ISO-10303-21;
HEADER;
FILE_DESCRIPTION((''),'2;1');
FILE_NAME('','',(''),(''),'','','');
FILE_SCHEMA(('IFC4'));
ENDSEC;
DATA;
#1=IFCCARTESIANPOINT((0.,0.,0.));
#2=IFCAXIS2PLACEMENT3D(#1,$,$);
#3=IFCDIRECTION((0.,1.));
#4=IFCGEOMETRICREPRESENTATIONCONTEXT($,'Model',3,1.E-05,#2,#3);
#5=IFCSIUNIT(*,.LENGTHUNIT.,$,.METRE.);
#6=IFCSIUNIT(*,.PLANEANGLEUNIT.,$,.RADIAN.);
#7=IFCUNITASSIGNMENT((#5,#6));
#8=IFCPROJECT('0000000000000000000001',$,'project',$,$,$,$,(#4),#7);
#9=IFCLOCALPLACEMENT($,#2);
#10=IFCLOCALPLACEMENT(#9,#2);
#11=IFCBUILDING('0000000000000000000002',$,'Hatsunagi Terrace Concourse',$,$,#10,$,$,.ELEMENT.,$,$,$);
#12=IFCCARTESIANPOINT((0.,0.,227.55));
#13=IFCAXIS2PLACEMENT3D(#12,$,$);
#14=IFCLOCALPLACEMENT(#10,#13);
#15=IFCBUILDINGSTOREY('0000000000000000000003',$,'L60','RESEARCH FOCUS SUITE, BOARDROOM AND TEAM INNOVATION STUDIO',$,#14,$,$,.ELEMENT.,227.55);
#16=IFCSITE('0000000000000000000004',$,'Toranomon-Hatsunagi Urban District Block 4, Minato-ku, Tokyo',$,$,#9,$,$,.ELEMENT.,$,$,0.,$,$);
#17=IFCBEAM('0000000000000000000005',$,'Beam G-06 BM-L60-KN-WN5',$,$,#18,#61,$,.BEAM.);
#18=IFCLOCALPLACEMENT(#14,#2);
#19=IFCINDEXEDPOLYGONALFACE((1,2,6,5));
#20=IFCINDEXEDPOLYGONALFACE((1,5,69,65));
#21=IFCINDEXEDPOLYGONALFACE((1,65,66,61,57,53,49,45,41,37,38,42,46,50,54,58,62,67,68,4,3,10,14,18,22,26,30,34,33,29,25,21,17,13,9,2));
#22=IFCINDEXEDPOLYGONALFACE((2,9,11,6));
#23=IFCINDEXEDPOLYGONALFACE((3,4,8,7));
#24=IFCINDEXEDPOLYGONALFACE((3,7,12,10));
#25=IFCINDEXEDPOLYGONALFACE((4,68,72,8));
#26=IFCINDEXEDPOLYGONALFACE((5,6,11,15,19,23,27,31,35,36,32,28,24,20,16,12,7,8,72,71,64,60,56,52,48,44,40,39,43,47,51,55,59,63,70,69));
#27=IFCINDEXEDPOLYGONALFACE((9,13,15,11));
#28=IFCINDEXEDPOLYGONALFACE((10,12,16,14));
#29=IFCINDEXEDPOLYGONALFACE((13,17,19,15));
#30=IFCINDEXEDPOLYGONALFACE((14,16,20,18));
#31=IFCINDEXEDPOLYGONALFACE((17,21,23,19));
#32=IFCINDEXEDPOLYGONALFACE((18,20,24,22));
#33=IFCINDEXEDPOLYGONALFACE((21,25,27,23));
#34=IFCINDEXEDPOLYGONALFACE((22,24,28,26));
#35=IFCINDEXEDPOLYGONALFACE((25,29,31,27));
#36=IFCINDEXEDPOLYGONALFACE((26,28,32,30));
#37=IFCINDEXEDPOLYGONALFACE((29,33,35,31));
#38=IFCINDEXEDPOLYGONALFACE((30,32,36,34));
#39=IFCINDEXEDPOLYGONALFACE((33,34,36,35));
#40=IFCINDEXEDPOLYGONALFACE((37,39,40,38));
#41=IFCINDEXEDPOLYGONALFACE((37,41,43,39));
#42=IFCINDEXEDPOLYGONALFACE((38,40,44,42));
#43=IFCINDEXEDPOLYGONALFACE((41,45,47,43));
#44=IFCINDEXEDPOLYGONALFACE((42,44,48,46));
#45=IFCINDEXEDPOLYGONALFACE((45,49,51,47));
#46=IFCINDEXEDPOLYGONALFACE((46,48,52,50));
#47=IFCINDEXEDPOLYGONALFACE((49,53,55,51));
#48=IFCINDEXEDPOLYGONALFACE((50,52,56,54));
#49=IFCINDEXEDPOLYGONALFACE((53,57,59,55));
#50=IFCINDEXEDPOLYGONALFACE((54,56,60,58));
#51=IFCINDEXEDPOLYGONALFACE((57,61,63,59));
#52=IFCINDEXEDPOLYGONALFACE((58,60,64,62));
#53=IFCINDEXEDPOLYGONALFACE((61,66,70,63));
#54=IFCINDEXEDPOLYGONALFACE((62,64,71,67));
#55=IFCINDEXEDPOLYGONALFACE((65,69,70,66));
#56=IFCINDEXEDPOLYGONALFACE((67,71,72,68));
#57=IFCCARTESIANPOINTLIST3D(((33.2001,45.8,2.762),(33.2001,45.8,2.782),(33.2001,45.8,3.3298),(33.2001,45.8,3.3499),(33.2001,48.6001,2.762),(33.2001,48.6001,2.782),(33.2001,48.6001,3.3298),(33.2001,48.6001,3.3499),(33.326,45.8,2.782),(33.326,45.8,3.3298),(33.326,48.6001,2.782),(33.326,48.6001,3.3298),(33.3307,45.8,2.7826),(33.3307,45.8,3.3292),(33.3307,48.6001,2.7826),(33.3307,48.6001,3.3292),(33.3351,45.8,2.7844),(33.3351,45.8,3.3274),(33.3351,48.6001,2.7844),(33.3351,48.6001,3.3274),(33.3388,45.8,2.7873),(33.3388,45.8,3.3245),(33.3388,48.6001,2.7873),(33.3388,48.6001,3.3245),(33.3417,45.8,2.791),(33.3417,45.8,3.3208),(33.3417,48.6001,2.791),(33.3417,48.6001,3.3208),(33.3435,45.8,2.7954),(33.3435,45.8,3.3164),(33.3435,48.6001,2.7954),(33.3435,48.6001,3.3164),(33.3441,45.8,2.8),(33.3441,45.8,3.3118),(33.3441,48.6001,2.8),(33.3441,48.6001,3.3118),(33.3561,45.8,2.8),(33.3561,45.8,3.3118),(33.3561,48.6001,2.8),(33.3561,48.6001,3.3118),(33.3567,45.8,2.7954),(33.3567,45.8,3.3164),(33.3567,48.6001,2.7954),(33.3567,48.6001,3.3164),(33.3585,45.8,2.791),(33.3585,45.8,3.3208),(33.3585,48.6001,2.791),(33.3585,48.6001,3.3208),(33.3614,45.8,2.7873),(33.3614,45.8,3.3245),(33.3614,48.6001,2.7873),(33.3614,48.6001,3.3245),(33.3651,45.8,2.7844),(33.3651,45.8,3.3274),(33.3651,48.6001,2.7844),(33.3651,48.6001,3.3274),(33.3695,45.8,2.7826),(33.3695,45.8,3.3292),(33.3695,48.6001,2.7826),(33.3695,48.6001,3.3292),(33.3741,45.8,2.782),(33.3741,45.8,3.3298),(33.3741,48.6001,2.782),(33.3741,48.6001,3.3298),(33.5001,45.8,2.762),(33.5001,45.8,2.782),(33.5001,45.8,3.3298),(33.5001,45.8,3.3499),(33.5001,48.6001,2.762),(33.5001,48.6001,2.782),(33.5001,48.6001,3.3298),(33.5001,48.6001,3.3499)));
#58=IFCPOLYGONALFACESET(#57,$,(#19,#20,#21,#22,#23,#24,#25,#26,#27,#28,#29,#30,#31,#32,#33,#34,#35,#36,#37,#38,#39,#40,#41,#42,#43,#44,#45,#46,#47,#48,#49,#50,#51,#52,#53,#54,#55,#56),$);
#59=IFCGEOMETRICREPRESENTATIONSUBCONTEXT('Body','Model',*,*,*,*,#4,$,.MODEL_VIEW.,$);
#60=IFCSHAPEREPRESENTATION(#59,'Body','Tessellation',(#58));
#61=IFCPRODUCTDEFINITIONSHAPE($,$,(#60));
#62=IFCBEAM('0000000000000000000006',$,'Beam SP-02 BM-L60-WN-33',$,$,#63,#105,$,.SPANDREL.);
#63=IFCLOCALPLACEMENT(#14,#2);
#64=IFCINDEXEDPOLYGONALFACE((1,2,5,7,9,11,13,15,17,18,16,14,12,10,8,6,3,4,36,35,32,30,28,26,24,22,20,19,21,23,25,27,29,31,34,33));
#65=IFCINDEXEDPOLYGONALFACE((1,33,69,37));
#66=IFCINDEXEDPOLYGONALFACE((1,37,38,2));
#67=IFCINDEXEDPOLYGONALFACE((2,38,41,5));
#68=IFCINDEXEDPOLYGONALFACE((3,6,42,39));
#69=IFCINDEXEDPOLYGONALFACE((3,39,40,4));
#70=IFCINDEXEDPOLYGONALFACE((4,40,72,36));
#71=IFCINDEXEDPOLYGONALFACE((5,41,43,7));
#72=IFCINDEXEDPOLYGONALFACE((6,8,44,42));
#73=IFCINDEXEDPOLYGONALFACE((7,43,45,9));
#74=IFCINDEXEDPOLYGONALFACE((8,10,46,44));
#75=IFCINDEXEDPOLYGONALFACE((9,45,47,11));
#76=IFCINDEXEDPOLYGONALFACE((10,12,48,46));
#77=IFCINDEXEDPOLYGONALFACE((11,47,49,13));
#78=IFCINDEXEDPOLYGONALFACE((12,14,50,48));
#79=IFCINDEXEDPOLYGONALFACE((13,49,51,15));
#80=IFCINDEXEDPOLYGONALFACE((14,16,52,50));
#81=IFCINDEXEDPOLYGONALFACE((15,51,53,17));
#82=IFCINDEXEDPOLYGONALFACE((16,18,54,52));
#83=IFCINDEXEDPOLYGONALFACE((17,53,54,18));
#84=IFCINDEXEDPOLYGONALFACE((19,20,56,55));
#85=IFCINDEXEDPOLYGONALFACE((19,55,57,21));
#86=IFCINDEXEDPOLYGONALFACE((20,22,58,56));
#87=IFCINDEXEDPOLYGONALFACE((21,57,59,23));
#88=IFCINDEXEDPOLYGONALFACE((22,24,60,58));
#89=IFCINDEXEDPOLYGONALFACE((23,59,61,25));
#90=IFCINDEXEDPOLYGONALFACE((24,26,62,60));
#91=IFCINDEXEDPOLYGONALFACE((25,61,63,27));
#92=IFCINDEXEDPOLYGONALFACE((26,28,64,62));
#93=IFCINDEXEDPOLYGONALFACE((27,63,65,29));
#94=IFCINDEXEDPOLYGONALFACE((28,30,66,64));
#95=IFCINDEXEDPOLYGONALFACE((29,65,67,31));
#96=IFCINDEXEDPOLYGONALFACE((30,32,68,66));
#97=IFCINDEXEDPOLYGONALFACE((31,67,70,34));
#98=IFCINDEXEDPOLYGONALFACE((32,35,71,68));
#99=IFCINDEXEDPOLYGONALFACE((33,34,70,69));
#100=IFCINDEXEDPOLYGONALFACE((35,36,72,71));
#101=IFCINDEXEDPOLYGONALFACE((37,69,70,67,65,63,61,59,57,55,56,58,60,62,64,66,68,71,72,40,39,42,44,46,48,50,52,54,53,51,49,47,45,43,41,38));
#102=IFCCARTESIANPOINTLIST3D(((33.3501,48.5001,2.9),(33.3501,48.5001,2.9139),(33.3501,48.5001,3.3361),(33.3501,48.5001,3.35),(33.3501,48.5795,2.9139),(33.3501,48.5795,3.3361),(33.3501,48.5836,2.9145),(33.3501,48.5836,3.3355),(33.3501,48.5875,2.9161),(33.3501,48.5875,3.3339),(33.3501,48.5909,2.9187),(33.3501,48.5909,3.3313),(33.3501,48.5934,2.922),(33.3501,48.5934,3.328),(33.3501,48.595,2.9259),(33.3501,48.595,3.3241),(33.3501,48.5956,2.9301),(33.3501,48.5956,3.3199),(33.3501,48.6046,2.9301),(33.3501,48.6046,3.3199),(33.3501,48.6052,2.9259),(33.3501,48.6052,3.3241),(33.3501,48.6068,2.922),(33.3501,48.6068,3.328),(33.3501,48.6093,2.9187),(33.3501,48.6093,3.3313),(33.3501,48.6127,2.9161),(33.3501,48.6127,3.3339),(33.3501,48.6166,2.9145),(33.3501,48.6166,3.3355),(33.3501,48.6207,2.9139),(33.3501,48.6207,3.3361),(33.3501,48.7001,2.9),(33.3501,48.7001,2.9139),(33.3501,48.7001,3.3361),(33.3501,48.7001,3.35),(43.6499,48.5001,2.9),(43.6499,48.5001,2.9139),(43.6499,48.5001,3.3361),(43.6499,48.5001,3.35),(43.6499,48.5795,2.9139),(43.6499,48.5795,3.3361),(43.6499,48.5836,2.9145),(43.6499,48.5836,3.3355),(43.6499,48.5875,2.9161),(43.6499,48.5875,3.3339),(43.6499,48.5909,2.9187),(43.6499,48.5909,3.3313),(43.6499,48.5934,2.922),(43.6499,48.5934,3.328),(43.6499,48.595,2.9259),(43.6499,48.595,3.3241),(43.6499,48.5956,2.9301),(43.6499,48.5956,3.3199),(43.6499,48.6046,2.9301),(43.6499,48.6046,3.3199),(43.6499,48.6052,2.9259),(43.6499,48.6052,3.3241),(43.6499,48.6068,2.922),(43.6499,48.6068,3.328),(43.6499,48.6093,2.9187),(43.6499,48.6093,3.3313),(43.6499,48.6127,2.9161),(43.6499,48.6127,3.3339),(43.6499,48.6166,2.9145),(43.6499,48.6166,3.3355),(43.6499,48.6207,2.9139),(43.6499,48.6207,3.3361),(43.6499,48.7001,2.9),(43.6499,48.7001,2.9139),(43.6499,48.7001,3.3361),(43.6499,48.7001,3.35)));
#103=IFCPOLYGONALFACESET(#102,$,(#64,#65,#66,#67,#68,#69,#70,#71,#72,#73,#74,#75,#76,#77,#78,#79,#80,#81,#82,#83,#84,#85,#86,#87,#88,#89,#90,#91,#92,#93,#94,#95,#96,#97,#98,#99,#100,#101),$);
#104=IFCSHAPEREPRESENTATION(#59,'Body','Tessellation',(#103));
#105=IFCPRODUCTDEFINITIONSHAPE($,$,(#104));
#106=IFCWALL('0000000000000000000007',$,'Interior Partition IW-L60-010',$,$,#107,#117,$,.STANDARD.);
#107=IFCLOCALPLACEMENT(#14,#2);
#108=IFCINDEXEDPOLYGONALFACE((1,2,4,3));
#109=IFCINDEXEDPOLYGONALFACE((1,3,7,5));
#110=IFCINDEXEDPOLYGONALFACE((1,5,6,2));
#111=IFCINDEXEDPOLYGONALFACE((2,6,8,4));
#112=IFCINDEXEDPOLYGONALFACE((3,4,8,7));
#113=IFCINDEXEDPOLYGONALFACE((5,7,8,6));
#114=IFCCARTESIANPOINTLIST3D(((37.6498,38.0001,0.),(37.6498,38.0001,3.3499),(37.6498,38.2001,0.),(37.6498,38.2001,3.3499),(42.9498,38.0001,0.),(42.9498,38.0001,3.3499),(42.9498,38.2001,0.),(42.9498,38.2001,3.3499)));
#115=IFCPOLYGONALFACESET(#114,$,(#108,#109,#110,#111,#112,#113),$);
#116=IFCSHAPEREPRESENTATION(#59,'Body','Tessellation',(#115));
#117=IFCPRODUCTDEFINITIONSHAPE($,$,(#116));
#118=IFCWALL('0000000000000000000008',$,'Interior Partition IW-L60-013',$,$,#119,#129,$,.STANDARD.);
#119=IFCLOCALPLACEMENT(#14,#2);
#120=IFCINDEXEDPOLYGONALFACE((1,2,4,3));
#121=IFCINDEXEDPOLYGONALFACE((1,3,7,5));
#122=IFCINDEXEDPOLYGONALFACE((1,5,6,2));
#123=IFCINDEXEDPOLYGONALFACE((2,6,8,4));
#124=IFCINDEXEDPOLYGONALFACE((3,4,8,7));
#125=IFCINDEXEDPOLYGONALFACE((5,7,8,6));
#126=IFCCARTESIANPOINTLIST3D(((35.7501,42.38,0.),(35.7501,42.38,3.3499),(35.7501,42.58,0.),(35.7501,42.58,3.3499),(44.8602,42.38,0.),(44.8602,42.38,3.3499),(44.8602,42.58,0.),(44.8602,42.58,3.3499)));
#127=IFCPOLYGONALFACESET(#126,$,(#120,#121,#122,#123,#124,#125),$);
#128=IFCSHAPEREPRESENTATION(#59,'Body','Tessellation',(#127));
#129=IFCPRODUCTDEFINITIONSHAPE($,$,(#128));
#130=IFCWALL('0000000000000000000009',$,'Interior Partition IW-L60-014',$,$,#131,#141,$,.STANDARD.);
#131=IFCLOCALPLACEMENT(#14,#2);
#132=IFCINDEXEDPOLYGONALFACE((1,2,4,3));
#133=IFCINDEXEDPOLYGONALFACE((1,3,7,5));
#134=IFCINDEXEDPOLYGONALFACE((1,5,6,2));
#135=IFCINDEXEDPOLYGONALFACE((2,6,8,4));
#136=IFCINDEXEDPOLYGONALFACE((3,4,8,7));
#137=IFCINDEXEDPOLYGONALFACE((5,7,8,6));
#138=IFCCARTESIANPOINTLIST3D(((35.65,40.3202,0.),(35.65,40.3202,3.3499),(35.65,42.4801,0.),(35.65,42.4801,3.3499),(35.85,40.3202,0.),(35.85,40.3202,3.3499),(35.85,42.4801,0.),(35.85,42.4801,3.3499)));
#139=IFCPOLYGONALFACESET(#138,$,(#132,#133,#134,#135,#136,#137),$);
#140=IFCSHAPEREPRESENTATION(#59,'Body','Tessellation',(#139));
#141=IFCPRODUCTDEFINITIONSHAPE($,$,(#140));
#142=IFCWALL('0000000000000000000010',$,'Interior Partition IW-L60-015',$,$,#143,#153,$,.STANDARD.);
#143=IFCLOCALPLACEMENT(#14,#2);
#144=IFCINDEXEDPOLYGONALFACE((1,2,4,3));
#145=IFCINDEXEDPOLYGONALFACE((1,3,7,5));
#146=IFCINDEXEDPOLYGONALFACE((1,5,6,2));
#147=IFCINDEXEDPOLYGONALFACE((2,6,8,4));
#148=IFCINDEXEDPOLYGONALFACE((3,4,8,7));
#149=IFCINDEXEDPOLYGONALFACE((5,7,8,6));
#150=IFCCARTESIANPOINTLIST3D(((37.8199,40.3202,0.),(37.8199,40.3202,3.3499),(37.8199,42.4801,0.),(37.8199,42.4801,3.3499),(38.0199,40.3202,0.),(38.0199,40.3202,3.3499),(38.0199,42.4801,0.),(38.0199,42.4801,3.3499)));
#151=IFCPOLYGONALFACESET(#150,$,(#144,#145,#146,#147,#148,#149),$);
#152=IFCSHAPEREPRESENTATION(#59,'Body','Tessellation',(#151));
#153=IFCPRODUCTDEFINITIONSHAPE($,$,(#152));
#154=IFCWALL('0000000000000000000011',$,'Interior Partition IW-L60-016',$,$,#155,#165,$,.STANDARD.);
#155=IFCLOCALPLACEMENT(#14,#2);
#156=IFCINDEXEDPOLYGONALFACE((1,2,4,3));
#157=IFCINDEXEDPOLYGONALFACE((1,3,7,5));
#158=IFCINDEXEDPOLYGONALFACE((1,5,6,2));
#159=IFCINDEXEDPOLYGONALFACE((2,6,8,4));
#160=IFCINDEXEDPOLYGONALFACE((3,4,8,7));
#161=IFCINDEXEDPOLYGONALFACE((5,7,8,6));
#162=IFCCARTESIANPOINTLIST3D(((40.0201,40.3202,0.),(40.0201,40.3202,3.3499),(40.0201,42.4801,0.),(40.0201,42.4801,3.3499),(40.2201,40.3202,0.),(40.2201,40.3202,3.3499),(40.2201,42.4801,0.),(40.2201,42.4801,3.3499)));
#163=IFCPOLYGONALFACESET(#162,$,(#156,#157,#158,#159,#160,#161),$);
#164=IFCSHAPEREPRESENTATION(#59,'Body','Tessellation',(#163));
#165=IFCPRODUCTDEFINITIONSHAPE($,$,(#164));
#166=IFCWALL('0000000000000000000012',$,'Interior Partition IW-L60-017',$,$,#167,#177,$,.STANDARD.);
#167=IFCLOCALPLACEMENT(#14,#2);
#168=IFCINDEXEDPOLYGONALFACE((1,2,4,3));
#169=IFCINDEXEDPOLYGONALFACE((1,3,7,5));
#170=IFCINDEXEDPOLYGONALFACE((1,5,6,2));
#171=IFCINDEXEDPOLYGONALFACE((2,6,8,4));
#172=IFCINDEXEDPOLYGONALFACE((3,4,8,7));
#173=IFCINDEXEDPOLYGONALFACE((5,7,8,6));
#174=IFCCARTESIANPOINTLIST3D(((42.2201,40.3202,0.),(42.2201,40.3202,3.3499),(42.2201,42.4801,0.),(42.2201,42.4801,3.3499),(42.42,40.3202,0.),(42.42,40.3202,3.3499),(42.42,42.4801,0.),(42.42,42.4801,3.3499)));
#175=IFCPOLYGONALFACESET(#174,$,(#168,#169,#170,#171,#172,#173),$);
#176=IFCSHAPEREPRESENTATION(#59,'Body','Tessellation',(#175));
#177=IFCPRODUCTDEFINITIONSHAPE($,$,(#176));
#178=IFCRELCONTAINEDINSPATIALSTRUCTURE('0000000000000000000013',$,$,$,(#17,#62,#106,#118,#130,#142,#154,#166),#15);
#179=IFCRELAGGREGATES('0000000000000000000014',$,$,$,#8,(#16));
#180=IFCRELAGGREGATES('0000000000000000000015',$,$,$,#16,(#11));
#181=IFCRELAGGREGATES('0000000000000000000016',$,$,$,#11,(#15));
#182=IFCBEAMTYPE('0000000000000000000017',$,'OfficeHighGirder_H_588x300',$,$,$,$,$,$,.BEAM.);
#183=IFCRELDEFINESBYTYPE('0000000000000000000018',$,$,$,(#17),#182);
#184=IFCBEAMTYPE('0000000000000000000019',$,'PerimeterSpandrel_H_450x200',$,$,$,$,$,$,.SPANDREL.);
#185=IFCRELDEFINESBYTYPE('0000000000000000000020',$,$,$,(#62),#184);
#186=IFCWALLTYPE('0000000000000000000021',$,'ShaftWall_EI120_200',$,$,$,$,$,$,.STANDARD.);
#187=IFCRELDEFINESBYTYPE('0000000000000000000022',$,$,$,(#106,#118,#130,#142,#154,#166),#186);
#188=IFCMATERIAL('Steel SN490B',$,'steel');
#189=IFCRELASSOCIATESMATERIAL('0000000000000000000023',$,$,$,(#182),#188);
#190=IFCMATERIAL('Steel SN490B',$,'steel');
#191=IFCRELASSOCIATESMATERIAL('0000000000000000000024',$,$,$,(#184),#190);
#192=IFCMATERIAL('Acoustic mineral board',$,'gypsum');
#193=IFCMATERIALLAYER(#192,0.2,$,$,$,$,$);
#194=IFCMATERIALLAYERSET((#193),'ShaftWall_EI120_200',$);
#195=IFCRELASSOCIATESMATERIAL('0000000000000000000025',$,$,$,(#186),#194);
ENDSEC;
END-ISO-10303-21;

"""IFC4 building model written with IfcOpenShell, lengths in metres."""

from ifc_helpers import new_model, si_unit, direction, frame, frame_2d, origin, origin_2d, place, context, subcontext, project, spatial, rectangle, i_section, extrude, material, layer, layer_set, material_profile, profile_set, type_object, element, save


model = new_model("IFC4")

# Units and contexts
model_context = context("Model", 3, precision=1e-05, world=origin(), true_north=direction((0.0, 1.0)))
body_context = subcontext(model_context, "Body", "Model", "MODEL_VIEW")
ifc_project = project(units=[si_unit("LENGTHUNIT", "METRE"), si_unit("PLANEANGLEUNIT", "RADIAN")], contexts=[model_context])

# Site, building, storey
site_placement = place(None, origin())
site = spatial("IfcSite", under=ifc_project, at=site_placement, Name="Toranomon-Hatsunagi Urban District Block 4, Minato-ku, Tokyo", CompositionType="ELEMENT", RefElevation=0.0)
building_placement = place(site_placement, origin())
building = spatial("IfcBuilding", under=site, at=building_placement, Name="Hatsunagi Terrace Concourse", CompositionType="ELEMENT")
storey_placement = place(building_placement, frame((0.0, 0.0, 227.55)))
storey = spatial("IfcBuildingStorey", under=building, at=storey_placement, Name="L60", Description="RESEARCH FOCUS SUITE, BOARDROOM AND TEAM INNOVATION STUDIO", CompositionType="ELEMENT", Elevation=227.55)

# Beams
ifc_material_1 = material(Name="Steel SN490B", Category="steel")
ifc_material_profile_1 = material_profile(ifc_material_1, i_section(OverallWidth=0.3, OverallDepth=0.5879, WebThickness=0.012, FlangeThickness=0.02, FilletRadius=0.0181, at=origin_2d()), Name="H-588x300x12x20")
ifc_profile_set_1 = profile_set([ifc_material_profile_1], Name="Steel SN490B")
beam_type_1 = type_object("IfcBeamType", Name="OfficeHighGirder_H_588x300", PredefinedType="BEAM", material=ifc_profile_set_1)
beam_1_placement = place(storey_placement, frame((33.3501, 45.8, 3.0559), z_axis=(0.0, 1.0, 0.0), x_axis=(-1.0, 0.0, 0.0)))
element("IfcBeam", 1, at=beam_1_placement, inside=storey, type_object=beam_type_1, Name="Beam G-06 BM-L60-KN-WN5", PredefinedType="BEAM", context=body_context, shape_type="SweptSolid", body=[
    extrude(i_section(OverallWidth=0.3, OverallDepth=0.5879, WebThickness=0.012, FlangeThickness=0.02, FilletRadius=0.0181, at=origin_2d()), origin(), (0.0, 0.0, 1.0), 2.8),
])
ifc_material_2 = material(Name="Steel SN490B", Category="steel")
ifc_material_profile_2 = material_profile(ifc_material_2, i_section(OverallWidth=0.2, OverallDepth=0.45, WebThickness=0.009, FlangeThickness=0.0139, FilletRadius=0.0161, at=origin_2d()), Name="H-450x200x9x14")
ifc_profile_set_2 = profile_set([ifc_material_profile_2], Name="Steel SN490B")
beam_type_2 = type_object("IfcBeamType", Name="PerimeterSpandrel_H_450x200", PredefinedType="SPANDREL", material=ifc_profile_set_2)
beam_2_placement = place(storey_placement, frame((33.3501, 48.6001, 3.125), z_axis=(1.0, 0.0, 0.0), x_axis=(0.0, 1.0, 0.0)))
element("IfcBeam", 2, at=beam_2_placement, inside=storey, type_object=beam_type_2, Name="Beam SP-02 BM-L60-WN-33", PredefinedType="SPANDREL", context=body_context, shape_type="SweptSolid", body=[
    extrude(i_section(OverallWidth=0.2, OverallDepth=0.45, WebThickness=0.009, FlangeThickness=0.0139, FilletRadius=0.0161, at=origin_2d()), origin(), (0.0, 0.0, 1.0), 10.2998),
])

# Walls
ifc_material_3 = material(Name="Acoustic mineral board", Category="gypsum")
ifc_layer_1 = layer(ifc_material_3, 0.2)
ifc_layer_set_1 = layer_set([ifc_layer_1], Name="ShaftWall_EI120_200")
wall_type_1 = type_object("IfcWallType", Name="ShaftWall_EI120_200", PredefinedType="STANDARD", material=ifc_layer_set_1)
wall_1_placement = place(storey_placement, frame((37.6499, 38.1001, 0.0), z_axis=(0.0, 0.0, 1.0), x_axis=(1.0, 0.0, 0.0)))
element("IfcWall", 3, at=wall_1_placement, inside=storey, type_object=wall_type_1, Name="Interior Partition IW-L60-010", PredefinedType="STANDARD", context=body_context, shape_type="SweptSolid", body=[
    extrude(rectangle(XDim=5.3, YDim=0.2, at=frame_2d((2.6499, 0.0))), origin(), (0.0, 0.0, 1.0), 3.3499),
])
wall_2_placement = place(storey_placement, frame((35.75, 42.48, 0.0), z_axis=(0.0, 0.0, 1.0), x_axis=(1.0, 0.0, 0.0)))
element("IfcWall", 4, at=wall_2_placement, inside=storey, type_object=wall_type_1, Name="Interior Partition IW-L60-013", PredefinedType="STANDARD", context=body_context, shape_type="SweptSolid", body=[
    extrude(rectangle(XDim=9.1101, YDim=0.2, at=frame_2d((4.5552, 0.0))), origin(), (0.0, 0.0, 1.0), 3.3499),
])
for number, where, z_axis, x_axis, name in (
    (5, (35.75, 40.3201, 0.0), (0.0, 0.0, 1.0), (0.0, 1.0, 0.0), "Interior Partition IW-L60-014"),
    (6, (37.9199, 40.3201, 0.0), (0.0, 0.0, 1.0), (0.0, 1.0, 0.0), "Interior Partition IW-L60-015"),
    (7, (40.1201, 40.3201, 0.0), (0.0, 0.0, 1.0), (0.0, 1.0, 0.0), "Interior Partition IW-L60-016"),
    (8, (42.3201, 40.3201, 0.0), (0.0, 0.0, 1.0), (0.0, 1.0, 0.0), "Interior Partition IW-L60-017"),
):
    element("IfcWall", number, at=place(storey_placement, frame(where, z_axis=z_axis, x_axis=x_axis)), inside=storey, type_object=wall_type_1, Name=name, PredefinedType="STANDARD", context=body_context, shape_type="SweptSolid", body=[
        extrude(rectangle(XDim=2.1599, YDim=0.2, at=frame_2d((1.0801, 0.0))), origin(), (0.0, 0.0, 1.0), 3.3499),
    ])

save(model, "model.ifc")
